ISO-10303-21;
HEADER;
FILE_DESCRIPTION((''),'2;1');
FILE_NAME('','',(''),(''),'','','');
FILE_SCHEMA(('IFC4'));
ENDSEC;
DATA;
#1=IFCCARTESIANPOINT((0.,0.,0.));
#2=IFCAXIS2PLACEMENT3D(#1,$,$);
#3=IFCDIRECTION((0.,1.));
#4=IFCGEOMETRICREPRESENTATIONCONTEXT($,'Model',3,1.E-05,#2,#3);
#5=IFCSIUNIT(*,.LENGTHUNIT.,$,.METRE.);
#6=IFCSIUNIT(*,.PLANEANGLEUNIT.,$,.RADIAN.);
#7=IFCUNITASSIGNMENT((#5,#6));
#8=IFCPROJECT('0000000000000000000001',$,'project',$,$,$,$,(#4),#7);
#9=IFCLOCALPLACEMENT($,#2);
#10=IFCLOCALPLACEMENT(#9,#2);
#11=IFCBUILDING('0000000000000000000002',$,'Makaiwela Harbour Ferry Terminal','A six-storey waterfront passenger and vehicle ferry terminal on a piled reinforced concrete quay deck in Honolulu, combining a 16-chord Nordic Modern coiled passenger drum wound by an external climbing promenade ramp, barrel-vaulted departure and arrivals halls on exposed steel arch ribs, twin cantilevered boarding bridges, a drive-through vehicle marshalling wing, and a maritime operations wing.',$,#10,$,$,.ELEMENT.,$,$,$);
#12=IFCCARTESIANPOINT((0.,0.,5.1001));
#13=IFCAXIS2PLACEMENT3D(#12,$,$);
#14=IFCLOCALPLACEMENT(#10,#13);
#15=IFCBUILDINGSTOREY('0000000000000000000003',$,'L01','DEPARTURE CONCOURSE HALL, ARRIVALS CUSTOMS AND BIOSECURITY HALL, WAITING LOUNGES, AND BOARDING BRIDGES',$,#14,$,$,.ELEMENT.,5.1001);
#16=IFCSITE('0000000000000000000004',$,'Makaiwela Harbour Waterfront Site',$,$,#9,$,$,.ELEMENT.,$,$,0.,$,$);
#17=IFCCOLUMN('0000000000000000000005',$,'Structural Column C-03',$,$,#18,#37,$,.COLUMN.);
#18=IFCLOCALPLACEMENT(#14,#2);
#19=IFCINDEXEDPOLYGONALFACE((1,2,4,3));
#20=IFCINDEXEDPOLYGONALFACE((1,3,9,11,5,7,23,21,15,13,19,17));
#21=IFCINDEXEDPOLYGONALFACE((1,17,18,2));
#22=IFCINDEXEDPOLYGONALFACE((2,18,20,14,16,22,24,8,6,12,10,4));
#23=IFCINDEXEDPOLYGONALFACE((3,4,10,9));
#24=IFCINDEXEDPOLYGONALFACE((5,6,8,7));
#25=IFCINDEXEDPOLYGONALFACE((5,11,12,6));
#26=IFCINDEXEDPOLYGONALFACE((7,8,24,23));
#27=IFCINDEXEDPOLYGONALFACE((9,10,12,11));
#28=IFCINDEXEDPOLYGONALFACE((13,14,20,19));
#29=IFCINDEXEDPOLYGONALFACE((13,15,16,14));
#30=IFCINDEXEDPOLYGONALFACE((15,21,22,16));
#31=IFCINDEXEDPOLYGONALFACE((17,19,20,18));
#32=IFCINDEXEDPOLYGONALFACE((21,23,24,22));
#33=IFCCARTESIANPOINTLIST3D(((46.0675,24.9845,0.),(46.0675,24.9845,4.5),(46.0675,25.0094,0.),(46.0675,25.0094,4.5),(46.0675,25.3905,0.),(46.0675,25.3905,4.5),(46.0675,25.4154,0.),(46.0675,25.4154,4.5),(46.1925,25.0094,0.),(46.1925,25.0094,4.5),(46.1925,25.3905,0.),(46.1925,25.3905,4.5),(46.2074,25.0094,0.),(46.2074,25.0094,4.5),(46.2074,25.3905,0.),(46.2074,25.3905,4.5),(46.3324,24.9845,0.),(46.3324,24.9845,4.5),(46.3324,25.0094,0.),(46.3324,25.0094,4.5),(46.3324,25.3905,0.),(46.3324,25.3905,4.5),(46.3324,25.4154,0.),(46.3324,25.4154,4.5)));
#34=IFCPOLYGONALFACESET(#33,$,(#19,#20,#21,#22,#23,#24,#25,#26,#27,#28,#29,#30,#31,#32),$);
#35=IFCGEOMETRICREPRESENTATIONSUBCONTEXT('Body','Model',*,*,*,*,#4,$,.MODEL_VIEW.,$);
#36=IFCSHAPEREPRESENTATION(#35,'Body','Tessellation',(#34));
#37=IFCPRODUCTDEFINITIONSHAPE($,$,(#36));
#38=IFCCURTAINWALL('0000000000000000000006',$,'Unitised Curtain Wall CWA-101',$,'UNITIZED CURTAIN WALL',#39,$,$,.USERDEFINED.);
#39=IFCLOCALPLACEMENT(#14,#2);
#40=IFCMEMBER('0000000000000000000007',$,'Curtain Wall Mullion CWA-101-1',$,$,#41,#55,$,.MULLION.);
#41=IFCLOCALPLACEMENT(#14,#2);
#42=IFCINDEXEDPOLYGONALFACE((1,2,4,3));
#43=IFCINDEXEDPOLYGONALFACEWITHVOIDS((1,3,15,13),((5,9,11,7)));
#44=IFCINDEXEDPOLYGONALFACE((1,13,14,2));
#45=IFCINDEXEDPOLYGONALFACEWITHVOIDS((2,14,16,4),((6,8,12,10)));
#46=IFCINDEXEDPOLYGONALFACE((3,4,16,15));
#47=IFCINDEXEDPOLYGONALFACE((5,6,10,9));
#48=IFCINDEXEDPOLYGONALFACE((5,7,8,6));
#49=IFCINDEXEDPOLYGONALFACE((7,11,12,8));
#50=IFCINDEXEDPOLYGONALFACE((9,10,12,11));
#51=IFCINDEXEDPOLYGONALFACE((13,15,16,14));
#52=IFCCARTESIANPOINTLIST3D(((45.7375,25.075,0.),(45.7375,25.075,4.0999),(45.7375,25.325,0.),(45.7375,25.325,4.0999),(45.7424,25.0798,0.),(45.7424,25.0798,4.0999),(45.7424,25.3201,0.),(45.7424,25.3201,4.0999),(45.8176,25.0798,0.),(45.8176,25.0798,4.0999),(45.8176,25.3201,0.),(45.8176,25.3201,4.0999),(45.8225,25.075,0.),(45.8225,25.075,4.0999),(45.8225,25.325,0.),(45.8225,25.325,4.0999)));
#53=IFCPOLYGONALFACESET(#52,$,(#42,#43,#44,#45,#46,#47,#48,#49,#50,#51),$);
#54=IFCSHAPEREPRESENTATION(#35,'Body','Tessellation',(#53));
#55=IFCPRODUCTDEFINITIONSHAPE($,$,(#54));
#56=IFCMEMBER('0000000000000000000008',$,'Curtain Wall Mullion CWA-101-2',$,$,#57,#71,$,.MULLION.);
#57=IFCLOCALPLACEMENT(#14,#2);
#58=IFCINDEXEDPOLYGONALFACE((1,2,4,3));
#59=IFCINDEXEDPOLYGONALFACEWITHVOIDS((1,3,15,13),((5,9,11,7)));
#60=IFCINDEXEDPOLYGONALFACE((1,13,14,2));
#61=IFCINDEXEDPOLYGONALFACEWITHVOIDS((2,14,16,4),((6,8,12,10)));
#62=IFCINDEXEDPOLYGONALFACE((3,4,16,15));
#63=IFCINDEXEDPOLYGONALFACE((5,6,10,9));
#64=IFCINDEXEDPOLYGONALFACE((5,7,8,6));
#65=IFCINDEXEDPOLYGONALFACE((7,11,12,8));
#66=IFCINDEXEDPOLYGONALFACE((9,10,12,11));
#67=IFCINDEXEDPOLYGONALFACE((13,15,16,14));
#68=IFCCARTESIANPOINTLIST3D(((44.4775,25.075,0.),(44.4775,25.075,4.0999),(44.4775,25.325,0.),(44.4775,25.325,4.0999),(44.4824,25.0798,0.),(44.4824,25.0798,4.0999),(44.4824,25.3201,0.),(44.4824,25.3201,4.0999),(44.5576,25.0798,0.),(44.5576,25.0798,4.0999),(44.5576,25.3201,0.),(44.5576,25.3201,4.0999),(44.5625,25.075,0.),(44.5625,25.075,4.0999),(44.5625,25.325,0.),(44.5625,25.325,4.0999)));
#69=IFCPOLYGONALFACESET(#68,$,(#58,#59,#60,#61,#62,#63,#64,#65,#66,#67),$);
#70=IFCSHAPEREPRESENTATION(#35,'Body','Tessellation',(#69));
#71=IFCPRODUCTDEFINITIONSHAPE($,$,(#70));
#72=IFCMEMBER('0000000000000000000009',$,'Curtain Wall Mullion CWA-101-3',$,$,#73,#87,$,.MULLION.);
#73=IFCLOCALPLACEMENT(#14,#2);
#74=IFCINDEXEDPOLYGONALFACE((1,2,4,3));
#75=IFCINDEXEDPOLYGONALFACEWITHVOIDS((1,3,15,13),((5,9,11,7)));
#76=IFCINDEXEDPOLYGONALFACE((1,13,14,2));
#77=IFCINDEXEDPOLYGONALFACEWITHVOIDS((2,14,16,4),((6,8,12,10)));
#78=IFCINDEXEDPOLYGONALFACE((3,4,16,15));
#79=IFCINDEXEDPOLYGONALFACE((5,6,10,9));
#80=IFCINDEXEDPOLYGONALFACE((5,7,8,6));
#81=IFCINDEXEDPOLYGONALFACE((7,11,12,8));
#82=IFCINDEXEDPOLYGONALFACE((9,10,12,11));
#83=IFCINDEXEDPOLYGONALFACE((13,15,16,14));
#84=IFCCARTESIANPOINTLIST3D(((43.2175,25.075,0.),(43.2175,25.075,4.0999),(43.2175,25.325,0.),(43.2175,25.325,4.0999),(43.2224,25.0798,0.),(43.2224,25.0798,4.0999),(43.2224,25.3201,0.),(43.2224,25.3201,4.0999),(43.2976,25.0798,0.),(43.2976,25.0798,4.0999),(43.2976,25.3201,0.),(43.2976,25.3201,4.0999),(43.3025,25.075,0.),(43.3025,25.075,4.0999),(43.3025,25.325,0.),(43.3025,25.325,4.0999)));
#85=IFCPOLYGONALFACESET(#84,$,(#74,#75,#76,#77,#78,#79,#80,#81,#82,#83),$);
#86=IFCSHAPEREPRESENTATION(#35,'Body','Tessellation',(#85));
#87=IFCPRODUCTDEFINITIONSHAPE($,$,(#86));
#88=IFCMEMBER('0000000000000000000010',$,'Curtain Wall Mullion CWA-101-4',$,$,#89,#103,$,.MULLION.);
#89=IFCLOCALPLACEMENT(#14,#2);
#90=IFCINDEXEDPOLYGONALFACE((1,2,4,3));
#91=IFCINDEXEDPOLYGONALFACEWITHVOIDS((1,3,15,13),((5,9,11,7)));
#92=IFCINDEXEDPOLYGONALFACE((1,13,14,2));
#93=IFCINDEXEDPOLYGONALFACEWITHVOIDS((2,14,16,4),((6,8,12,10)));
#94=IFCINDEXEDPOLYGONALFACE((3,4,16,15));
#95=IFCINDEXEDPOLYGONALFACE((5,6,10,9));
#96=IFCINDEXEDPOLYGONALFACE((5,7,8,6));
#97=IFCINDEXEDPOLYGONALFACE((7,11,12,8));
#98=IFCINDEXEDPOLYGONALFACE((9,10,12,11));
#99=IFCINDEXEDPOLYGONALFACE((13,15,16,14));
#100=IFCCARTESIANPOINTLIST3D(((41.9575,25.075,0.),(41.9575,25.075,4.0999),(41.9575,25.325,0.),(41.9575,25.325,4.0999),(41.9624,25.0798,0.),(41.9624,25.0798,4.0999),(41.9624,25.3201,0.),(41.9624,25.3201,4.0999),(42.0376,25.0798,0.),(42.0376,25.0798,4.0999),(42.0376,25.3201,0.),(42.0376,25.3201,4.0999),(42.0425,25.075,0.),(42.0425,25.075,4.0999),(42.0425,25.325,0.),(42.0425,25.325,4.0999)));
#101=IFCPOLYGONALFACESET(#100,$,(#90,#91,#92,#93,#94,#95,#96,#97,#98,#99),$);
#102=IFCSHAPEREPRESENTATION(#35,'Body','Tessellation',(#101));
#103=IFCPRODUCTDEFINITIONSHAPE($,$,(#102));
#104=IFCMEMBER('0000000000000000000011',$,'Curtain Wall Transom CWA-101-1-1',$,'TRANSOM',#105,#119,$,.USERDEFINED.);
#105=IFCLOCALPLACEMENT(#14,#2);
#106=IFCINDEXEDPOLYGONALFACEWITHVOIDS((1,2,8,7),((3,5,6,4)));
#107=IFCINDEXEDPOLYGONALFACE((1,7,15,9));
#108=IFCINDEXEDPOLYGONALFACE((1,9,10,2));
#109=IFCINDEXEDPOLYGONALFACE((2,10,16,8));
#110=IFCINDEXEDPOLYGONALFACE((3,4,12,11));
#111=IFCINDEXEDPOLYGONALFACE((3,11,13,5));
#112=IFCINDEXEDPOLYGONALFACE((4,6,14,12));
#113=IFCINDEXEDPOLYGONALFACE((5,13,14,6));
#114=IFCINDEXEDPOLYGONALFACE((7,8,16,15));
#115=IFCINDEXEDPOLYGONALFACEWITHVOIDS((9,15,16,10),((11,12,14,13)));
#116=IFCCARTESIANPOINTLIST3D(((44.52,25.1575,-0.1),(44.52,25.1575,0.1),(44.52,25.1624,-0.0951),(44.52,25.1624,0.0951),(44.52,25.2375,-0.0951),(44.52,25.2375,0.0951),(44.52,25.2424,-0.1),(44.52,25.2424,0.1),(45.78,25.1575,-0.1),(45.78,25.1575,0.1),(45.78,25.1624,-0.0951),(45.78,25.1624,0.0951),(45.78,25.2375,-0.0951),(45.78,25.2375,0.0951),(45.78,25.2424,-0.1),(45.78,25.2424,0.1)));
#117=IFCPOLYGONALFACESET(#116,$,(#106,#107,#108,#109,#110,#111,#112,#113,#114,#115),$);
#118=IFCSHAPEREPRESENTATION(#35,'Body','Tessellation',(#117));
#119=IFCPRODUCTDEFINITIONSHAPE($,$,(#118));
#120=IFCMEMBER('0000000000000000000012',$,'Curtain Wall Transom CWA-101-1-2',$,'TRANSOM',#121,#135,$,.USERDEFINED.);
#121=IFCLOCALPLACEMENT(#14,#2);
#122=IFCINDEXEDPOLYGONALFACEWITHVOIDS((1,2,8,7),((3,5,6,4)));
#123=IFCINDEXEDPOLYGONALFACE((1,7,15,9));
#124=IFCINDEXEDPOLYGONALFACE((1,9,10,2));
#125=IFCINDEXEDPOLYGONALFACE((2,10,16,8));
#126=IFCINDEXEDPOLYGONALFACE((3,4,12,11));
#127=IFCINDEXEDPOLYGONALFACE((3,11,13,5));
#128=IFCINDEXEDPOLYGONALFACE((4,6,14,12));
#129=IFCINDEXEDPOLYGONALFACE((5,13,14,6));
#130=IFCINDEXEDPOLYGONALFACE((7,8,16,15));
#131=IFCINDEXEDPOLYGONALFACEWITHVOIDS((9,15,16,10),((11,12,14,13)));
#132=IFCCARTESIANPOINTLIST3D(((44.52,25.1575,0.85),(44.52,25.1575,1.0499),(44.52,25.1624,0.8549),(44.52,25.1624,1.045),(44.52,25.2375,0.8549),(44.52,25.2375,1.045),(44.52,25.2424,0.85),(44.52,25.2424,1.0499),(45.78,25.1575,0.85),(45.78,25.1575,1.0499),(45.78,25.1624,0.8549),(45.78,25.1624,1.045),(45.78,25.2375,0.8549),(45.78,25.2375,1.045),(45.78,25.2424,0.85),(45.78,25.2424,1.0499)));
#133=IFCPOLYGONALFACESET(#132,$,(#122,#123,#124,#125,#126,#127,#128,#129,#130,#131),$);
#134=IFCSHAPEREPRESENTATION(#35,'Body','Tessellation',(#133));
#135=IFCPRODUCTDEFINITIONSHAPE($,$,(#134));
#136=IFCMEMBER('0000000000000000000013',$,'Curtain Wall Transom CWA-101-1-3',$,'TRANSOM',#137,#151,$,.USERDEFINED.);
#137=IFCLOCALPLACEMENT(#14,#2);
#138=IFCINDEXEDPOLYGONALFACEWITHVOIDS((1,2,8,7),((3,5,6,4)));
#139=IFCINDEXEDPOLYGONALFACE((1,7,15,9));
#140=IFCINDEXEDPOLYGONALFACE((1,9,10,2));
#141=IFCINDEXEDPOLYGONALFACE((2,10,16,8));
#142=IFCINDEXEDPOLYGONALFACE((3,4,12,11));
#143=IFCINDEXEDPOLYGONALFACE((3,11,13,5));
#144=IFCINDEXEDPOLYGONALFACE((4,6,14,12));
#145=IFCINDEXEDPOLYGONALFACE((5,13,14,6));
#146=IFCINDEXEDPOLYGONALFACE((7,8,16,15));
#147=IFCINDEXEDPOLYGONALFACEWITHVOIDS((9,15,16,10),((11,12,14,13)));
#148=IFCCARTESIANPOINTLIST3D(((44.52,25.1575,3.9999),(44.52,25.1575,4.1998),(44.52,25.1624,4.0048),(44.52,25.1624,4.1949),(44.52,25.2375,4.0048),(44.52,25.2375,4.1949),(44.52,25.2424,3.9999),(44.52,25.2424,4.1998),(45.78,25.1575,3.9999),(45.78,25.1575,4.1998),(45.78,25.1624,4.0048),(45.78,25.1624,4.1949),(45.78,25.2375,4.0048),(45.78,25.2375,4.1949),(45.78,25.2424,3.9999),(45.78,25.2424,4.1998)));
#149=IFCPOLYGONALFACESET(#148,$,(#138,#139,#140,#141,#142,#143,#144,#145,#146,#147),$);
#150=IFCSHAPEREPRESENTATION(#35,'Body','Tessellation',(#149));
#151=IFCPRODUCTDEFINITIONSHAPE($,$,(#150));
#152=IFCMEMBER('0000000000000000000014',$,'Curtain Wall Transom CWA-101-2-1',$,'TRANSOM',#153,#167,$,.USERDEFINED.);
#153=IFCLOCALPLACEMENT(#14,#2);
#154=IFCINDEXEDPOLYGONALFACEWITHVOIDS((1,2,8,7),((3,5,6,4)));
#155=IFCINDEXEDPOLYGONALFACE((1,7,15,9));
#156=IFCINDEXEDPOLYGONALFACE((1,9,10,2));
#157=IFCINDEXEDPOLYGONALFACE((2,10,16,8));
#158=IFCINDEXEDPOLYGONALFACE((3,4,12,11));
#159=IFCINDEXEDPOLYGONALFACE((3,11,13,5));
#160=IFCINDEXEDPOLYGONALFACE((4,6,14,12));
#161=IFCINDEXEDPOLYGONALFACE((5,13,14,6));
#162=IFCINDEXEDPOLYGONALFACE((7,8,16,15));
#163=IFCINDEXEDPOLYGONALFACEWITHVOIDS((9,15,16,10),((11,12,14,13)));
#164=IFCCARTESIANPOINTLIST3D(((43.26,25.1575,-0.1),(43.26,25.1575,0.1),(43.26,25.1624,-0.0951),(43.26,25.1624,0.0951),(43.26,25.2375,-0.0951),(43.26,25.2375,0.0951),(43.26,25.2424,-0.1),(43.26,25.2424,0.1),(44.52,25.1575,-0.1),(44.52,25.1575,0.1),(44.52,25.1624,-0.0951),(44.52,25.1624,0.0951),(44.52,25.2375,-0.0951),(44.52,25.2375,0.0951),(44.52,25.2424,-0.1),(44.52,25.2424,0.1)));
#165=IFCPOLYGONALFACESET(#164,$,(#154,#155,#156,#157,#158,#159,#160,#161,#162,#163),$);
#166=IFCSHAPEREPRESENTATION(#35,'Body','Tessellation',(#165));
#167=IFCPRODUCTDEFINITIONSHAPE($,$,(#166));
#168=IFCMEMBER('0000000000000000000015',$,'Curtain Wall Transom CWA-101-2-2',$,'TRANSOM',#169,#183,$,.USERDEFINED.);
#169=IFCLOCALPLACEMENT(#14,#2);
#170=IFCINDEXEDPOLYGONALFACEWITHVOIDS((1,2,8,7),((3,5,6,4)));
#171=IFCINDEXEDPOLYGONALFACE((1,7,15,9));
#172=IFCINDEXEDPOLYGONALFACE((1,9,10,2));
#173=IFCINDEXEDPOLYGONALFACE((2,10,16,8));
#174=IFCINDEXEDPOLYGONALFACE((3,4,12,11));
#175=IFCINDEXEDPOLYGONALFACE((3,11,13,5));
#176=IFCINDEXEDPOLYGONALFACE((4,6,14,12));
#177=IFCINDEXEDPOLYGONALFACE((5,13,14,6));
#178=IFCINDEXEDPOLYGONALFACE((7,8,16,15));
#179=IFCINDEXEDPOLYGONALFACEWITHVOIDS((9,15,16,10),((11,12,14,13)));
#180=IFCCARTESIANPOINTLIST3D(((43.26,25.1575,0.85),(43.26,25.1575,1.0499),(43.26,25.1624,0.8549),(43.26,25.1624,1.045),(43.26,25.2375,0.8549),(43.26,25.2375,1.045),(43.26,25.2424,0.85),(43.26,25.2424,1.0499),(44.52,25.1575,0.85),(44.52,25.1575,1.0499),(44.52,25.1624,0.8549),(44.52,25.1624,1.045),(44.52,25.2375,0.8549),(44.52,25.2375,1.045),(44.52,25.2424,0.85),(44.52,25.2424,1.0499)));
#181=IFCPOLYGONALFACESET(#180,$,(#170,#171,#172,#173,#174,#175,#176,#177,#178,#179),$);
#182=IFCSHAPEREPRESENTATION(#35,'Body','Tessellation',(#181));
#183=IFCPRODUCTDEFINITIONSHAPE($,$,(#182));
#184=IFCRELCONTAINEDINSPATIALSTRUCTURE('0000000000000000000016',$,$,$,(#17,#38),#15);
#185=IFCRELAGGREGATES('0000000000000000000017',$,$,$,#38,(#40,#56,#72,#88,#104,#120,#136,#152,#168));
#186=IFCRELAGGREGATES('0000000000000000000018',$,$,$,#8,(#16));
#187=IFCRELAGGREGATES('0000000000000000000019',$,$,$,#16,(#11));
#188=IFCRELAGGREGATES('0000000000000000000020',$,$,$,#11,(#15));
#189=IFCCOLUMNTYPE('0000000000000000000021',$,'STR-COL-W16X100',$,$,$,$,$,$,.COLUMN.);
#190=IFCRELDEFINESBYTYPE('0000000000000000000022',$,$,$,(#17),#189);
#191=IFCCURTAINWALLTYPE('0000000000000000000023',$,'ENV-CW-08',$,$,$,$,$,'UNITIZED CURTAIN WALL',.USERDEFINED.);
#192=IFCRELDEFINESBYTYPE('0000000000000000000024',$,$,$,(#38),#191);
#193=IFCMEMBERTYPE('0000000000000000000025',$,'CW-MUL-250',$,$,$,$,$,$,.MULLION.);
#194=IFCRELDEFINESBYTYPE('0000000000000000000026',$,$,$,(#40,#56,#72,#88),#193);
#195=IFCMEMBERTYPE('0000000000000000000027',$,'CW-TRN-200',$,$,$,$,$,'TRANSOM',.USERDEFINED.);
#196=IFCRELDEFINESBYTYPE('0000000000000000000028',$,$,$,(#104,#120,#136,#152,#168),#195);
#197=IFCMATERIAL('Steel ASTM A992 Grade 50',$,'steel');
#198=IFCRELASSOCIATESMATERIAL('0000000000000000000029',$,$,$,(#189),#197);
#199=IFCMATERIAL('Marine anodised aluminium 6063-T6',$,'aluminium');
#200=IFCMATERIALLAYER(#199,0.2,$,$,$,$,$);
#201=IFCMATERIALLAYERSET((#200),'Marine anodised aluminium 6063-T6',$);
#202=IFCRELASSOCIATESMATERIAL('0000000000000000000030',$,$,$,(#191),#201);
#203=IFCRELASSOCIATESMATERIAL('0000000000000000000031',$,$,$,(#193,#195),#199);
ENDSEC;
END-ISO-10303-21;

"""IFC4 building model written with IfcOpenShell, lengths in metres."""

from ifc_helpers import new_model, si_unit, direction, frame, origin, origin_2d, place, context, subcontext, project, spatial, hollow_rectangle, i_section, extrude, material, layer, layer_set, material_profile, profile_set, type_object, element, aggregate, save


model = new_model("IFC4")

# Units and contexts
model_context = context("Model", 3, precision=1e-05, world=origin(), true_north=direction((0.0, 1.0)))
body_context = subcontext(model_context, "Body", "Model", "MODEL_VIEW")
ifc_project = project(units=[si_unit("LENGTHUNIT", "METRE"), si_unit("PLANEANGLEUNIT", "RADIAN")], contexts=[model_context])

# Site, building, storey
site_placement = place(None, origin())
site = spatial("IfcSite", under=ifc_project, at=site_placement, Name="Makaiwela Harbour Waterfront Site", CompositionType="ELEMENT", RefElevation=0.0)
building_placement = place(site_placement, origin())
building = spatial("IfcBuilding", under=site, at=building_placement, Name="Makaiwela Harbour Ferry Terminal", Description="A six-storey waterfront passenger and vehicle ferry terminal on a piled reinforced concrete quay deck in Honolulu, combining a 16-chord Nordic Modern coiled passenger drum wound by an external climbing promenade ramp, barrel-vaulted departure and arrivals halls on exposed steel arch ribs, twin cantilevered boarding bridges, a drive-through vehicle marshalling wing, and a maritime operations wing.", CompositionType="ELEMENT")
storey_placement = place(building_placement, frame((0.0, 0.0, 5.1001)))
storey = spatial("IfcBuildingStorey", under=building, at=storey_placement, Name="L01", Description="DEPARTURE CONCOURSE HALL, ARRIVALS CUSTOMS AND BIOSECURITY HALL, WAITING LOUNGES, AND BOARDING BRIDGES", CompositionType="ELEMENT", Elevation=5.1001)

# Column
ifc_material_1 = material(Name="Steel ASTM A992 Grade 50", Category="steel")
ifc_material_profile_1 = material_profile(ifc_material_1, i_section(OverallWidth=0.2649, OverallDepth=0.4309, WebThickness=0.0149, FlangeThickness=0.0249, at=origin_2d()), Name="W16X100")
ifc_profile_set_1 = profile_set([ifc_material_profile_1], Name="Steel ASTM A992 Grade 50")
column_type = type_object("IfcColumnType", Name="STR-COL-W16X100", PredefinedType="COLUMN", material=ifc_profile_set_1)
column_placement = place(storey_placement, frame((46.2, 25.2, 0.0), z_axis=(0.0, 0.0, 1.0), x_axis=(1.0, 0.0, 0.0)))
element("IfcColumn", 1, at=column_placement, inside=storey, type_object=column_type, Name="Structural Column C-03", PredefinedType="COLUMN", context=body_context, shape_type="SweptSolid", body=[
    extrude(i_section(OverallWidth=0.2649, OverallDepth=0.4309, WebThickness=0.0149, FlangeThickness=0.0249, at=origin_2d()), origin(), (0.0, 0.0, 1.0), 4.5),
])

# Curtain wall, members
ifc_material_2 = material(Name="Marine anodised aluminium 6063-T6", Category="aluminium")
ifc_layer_1 = layer(ifc_material_2, 0.2)
ifc_layer_set_1 = layer_set([ifc_layer_1], Name="Marine anodised aluminium 6063-T6")
curtain_wall_type = type_object("IfcCurtainWallType", Name="ENV-CW-08", ElementType="UNITIZED CURTAIN WALL", PredefinedType="USERDEFINED", material=ifc_layer_set_1)
curtain_wall_placement = place(storey_placement, origin())
curtain_wall = element("IfcCurtainWall", 2, at=curtain_wall_placement, inside=storey, type_object=curtain_wall_type, Name="Unitised Curtain Wall CWA-101", ObjectType="UNITIZED CURTAIN WALL", PredefinedType="USERDEFINED")
ifc_material_profile_2 = material_profile(ifc_material_2, hollow_rectangle(XDim=0.085, YDim=0.25, WallThickness=0.0049, at=origin_2d()), Name="CWM-250X85")
ifc_profile_set_2 = profile_set([ifc_material_profile_2], Name="Marine anodised aluminium 6063-T6")
member_type_1 = type_object("IfcMemberType", Name="CW-MUL-250", PredefinedType="MULLION", material=ifc_profile_set_2)
member_1_placement = place(storey_placement, frame((45.78, 25.2, 0.0), z_axis=(0.0, 0.0, 1.0), x_axis=(1.0, 0.0, 0.0)))
member_1 = element("IfcMember", 3, at=member_1_placement, type_object=member_type_1, Name="Curtain Wall Mullion CWA-101-1", PredefinedType="MULLION", context=body_context, shape_type="SweptSolid", body=[
    extrude(hollow_rectangle(XDim=0.085, YDim=0.25, WallThickness=0.0049, at=origin_2d()), origin(), (0.0, 0.0, 1.0), 4.0999),
])
member_2_placement = place(storey_placement, frame((44.52, 25.2, 0.0), z_axis=(0.0, 0.0, 1.0), x_axis=(1.0, 0.0, 0.0)))
member_2 = element("IfcMember", 4, at=member_2_placement, type_object=member_type_1, Name="Curtain Wall Mullion CWA-101-2", PredefinedType="MULLION", context=body_context, shape_type="SweptSolid", body=[
    extrude(hollow_rectangle(XDim=0.085, YDim=0.25, WallThickness=0.0049, at=origin_2d()), origin(), (0.0, 0.0, 1.0), 4.0999),
])
member_3_placement = place(storey_placement, frame((43.26, 25.2, 0.0), z_axis=(0.0, 0.0, 1.0), x_axis=(1.0, 0.0, 0.0)))
member_3 = element("IfcMember", 5, at=member_3_placement, type_object=member_type_1, Name="Curtain Wall Mullion CWA-101-3", PredefinedType="MULLION", context=body_context, shape_type="SweptSolid", body=[
    extrude(hollow_rectangle(XDim=0.085, YDim=0.25, WallThickness=0.0049, at=origin_2d()), origin(), (0.0, 0.0, 1.0), 4.0999),
])
member_4_placement = place(storey_placement, frame((42.0, 25.2, 0.0), z_axis=(0.0, 0.0, 1.0), x_axis=(1.0, 0.0, 0.0)))
member_4 = element("IfcMember", 6, at=member_4_placement, type_object=member_type_1, Name="Curtain Wall Mullion CWA-101-4", PredefinedType="MULLION", context=body_context, shape_type="SweptSolid", body=[
    extrude(hollow_rectangle(XDim=0.085, YDim=0.25, WallThickness=0.0049, at=origin_2d()), origin(), (0.0, 0.0, 1.0), 4.0999),
])
ifc_material_profile_3 = material_profile(ifc_material_2, hollow_rectangle(XDim=0.085, YDim=0.2, WallThickness=0.0049, at=origin_2d()), Name="CWT-200X85")
ifc_profile_set_3 = profile_set([ifc_material_profile_3], Name="Marine anodised aluminium 6063-T6")
member_type_2 = type_object("IfcMemberType", Name="CW-TRN-200", ElementType="TRANSOM", PredefinedType="USERDEFINED", material=ifc_profile_set_3)
member_5_placement = place(storey_placement, frame((45.78, 25.2, 0.0), z_axis=(-1.0, 0.0, 0.0), x_axis=(0.0, -1.0, 0.0)))
member_5 = element("IfcMember", 7, at=member_5_placement, type_object=member_type_2, Name="Curtain Wall Transom CWA-101-1-1", ObjectType="TRANSOM", PredefinedType="USERDEFINED", context=body_context, shape_type="SweptSolid", body=[
    extrude(hollow_rectangle(XDim=0.085, YDim=0.2, WallThickness=0.0049, at=origin_2d()), origin(), (0.0, 0.0, 1.0), 1.26),
])
member_6_placement = place(storey_placement, frame((45.78, 25.2, 0.95), z_axis=(-1.0, 0.0, 0.0), x_axis=(0.0, -1.0, 0.0)))
member_6 = element("IfcMember", 8, at=member_6_placement, type_object=member_type_2, Name="Curtain Wall Transom CWA-101-1-2", ObjectType="TRANSOM", PredefinedType="USERDEFINED", context=body_context, shape_type="SweptSolid", body=[
    extrude(hollow_rectangle(XDim=0.085, YDim=0.2, WallThickness=0.0049, at=origin_2d()), origin(), (0.0, 0.0, 1.0), 1.26),
])
member_7_placement = place(storey_placement, frame((45.78, 25.2, 4.0999), z_axis=(-1.0, 0.0, 0.0), x_axis=(0.0, -1.0, 0.0)))
member_7 = element("IfcMember", 9, at=member_7_placement, type_object=member_type_2, Name="Curtain Wall Transom CWA-101-1-3", ObjectType="TRANSOM", PredefinedType="USERDEFINED", context=body_context, shape_type="SweptSolid", body=[
    extrude(hollow_rectangle(XDim=0.085, YDim=0.2, WallThickness=0.0049, at=origin_2d()), origin(), (0.0, 0.0, 1.0), 1.26),
])
member_8_placement = place(storey_placement, frame((44.52, 25.2, 0.0), z_axis=(-1.0, 0.0, 0.0), x_axis=(0.0, -1.0, 0.0)))
member_8 = element("IfcMember", 10, at=member_8_placement, type_object=member_type_2, Name="Curtain Wall Transom CWA-101-2-1", ObjectType="TRANSOM", PredefinedType="USERDEFINED", context=body_context, shape_type="SweptSolid", body=[
    extrude(hollow_rectangle(XDim=0.085, YDim=0.2, WallThickness=0.0049, at=origin_2d()), origin(), (0.0, 0.0, 1.0), 1.26),
])
member_9_placement = place(storey_placement, frame((44.52, 25.2, 0.95), z_axis=(-1.0, 0.0, 0.0), x_axis=(0.0, -1.0, 0.0)))
member_9 = element("IfcMember", 11, at=member_9_placement, type_object=member_type_2, Name="Curtain Wall Transom CWA-101-2-2", ObjectType="TRANSOM", PredefinedType="USERDEFINED", context=body_context, shape_type="SweptSolid", body=[
    extrude(hollow_rectangle(XDim=0.085, YDim=0.2, WallThickness=0.0049, at=origin_2d()), origin(), (0.0, 0.0, 1.0), 1.26),
])

aggregate(curtain_wall, [member_1, member_2, member_3, member_4, member_5, member_6, member_7, member_8, member_9])

save(model, "model.ifc")
